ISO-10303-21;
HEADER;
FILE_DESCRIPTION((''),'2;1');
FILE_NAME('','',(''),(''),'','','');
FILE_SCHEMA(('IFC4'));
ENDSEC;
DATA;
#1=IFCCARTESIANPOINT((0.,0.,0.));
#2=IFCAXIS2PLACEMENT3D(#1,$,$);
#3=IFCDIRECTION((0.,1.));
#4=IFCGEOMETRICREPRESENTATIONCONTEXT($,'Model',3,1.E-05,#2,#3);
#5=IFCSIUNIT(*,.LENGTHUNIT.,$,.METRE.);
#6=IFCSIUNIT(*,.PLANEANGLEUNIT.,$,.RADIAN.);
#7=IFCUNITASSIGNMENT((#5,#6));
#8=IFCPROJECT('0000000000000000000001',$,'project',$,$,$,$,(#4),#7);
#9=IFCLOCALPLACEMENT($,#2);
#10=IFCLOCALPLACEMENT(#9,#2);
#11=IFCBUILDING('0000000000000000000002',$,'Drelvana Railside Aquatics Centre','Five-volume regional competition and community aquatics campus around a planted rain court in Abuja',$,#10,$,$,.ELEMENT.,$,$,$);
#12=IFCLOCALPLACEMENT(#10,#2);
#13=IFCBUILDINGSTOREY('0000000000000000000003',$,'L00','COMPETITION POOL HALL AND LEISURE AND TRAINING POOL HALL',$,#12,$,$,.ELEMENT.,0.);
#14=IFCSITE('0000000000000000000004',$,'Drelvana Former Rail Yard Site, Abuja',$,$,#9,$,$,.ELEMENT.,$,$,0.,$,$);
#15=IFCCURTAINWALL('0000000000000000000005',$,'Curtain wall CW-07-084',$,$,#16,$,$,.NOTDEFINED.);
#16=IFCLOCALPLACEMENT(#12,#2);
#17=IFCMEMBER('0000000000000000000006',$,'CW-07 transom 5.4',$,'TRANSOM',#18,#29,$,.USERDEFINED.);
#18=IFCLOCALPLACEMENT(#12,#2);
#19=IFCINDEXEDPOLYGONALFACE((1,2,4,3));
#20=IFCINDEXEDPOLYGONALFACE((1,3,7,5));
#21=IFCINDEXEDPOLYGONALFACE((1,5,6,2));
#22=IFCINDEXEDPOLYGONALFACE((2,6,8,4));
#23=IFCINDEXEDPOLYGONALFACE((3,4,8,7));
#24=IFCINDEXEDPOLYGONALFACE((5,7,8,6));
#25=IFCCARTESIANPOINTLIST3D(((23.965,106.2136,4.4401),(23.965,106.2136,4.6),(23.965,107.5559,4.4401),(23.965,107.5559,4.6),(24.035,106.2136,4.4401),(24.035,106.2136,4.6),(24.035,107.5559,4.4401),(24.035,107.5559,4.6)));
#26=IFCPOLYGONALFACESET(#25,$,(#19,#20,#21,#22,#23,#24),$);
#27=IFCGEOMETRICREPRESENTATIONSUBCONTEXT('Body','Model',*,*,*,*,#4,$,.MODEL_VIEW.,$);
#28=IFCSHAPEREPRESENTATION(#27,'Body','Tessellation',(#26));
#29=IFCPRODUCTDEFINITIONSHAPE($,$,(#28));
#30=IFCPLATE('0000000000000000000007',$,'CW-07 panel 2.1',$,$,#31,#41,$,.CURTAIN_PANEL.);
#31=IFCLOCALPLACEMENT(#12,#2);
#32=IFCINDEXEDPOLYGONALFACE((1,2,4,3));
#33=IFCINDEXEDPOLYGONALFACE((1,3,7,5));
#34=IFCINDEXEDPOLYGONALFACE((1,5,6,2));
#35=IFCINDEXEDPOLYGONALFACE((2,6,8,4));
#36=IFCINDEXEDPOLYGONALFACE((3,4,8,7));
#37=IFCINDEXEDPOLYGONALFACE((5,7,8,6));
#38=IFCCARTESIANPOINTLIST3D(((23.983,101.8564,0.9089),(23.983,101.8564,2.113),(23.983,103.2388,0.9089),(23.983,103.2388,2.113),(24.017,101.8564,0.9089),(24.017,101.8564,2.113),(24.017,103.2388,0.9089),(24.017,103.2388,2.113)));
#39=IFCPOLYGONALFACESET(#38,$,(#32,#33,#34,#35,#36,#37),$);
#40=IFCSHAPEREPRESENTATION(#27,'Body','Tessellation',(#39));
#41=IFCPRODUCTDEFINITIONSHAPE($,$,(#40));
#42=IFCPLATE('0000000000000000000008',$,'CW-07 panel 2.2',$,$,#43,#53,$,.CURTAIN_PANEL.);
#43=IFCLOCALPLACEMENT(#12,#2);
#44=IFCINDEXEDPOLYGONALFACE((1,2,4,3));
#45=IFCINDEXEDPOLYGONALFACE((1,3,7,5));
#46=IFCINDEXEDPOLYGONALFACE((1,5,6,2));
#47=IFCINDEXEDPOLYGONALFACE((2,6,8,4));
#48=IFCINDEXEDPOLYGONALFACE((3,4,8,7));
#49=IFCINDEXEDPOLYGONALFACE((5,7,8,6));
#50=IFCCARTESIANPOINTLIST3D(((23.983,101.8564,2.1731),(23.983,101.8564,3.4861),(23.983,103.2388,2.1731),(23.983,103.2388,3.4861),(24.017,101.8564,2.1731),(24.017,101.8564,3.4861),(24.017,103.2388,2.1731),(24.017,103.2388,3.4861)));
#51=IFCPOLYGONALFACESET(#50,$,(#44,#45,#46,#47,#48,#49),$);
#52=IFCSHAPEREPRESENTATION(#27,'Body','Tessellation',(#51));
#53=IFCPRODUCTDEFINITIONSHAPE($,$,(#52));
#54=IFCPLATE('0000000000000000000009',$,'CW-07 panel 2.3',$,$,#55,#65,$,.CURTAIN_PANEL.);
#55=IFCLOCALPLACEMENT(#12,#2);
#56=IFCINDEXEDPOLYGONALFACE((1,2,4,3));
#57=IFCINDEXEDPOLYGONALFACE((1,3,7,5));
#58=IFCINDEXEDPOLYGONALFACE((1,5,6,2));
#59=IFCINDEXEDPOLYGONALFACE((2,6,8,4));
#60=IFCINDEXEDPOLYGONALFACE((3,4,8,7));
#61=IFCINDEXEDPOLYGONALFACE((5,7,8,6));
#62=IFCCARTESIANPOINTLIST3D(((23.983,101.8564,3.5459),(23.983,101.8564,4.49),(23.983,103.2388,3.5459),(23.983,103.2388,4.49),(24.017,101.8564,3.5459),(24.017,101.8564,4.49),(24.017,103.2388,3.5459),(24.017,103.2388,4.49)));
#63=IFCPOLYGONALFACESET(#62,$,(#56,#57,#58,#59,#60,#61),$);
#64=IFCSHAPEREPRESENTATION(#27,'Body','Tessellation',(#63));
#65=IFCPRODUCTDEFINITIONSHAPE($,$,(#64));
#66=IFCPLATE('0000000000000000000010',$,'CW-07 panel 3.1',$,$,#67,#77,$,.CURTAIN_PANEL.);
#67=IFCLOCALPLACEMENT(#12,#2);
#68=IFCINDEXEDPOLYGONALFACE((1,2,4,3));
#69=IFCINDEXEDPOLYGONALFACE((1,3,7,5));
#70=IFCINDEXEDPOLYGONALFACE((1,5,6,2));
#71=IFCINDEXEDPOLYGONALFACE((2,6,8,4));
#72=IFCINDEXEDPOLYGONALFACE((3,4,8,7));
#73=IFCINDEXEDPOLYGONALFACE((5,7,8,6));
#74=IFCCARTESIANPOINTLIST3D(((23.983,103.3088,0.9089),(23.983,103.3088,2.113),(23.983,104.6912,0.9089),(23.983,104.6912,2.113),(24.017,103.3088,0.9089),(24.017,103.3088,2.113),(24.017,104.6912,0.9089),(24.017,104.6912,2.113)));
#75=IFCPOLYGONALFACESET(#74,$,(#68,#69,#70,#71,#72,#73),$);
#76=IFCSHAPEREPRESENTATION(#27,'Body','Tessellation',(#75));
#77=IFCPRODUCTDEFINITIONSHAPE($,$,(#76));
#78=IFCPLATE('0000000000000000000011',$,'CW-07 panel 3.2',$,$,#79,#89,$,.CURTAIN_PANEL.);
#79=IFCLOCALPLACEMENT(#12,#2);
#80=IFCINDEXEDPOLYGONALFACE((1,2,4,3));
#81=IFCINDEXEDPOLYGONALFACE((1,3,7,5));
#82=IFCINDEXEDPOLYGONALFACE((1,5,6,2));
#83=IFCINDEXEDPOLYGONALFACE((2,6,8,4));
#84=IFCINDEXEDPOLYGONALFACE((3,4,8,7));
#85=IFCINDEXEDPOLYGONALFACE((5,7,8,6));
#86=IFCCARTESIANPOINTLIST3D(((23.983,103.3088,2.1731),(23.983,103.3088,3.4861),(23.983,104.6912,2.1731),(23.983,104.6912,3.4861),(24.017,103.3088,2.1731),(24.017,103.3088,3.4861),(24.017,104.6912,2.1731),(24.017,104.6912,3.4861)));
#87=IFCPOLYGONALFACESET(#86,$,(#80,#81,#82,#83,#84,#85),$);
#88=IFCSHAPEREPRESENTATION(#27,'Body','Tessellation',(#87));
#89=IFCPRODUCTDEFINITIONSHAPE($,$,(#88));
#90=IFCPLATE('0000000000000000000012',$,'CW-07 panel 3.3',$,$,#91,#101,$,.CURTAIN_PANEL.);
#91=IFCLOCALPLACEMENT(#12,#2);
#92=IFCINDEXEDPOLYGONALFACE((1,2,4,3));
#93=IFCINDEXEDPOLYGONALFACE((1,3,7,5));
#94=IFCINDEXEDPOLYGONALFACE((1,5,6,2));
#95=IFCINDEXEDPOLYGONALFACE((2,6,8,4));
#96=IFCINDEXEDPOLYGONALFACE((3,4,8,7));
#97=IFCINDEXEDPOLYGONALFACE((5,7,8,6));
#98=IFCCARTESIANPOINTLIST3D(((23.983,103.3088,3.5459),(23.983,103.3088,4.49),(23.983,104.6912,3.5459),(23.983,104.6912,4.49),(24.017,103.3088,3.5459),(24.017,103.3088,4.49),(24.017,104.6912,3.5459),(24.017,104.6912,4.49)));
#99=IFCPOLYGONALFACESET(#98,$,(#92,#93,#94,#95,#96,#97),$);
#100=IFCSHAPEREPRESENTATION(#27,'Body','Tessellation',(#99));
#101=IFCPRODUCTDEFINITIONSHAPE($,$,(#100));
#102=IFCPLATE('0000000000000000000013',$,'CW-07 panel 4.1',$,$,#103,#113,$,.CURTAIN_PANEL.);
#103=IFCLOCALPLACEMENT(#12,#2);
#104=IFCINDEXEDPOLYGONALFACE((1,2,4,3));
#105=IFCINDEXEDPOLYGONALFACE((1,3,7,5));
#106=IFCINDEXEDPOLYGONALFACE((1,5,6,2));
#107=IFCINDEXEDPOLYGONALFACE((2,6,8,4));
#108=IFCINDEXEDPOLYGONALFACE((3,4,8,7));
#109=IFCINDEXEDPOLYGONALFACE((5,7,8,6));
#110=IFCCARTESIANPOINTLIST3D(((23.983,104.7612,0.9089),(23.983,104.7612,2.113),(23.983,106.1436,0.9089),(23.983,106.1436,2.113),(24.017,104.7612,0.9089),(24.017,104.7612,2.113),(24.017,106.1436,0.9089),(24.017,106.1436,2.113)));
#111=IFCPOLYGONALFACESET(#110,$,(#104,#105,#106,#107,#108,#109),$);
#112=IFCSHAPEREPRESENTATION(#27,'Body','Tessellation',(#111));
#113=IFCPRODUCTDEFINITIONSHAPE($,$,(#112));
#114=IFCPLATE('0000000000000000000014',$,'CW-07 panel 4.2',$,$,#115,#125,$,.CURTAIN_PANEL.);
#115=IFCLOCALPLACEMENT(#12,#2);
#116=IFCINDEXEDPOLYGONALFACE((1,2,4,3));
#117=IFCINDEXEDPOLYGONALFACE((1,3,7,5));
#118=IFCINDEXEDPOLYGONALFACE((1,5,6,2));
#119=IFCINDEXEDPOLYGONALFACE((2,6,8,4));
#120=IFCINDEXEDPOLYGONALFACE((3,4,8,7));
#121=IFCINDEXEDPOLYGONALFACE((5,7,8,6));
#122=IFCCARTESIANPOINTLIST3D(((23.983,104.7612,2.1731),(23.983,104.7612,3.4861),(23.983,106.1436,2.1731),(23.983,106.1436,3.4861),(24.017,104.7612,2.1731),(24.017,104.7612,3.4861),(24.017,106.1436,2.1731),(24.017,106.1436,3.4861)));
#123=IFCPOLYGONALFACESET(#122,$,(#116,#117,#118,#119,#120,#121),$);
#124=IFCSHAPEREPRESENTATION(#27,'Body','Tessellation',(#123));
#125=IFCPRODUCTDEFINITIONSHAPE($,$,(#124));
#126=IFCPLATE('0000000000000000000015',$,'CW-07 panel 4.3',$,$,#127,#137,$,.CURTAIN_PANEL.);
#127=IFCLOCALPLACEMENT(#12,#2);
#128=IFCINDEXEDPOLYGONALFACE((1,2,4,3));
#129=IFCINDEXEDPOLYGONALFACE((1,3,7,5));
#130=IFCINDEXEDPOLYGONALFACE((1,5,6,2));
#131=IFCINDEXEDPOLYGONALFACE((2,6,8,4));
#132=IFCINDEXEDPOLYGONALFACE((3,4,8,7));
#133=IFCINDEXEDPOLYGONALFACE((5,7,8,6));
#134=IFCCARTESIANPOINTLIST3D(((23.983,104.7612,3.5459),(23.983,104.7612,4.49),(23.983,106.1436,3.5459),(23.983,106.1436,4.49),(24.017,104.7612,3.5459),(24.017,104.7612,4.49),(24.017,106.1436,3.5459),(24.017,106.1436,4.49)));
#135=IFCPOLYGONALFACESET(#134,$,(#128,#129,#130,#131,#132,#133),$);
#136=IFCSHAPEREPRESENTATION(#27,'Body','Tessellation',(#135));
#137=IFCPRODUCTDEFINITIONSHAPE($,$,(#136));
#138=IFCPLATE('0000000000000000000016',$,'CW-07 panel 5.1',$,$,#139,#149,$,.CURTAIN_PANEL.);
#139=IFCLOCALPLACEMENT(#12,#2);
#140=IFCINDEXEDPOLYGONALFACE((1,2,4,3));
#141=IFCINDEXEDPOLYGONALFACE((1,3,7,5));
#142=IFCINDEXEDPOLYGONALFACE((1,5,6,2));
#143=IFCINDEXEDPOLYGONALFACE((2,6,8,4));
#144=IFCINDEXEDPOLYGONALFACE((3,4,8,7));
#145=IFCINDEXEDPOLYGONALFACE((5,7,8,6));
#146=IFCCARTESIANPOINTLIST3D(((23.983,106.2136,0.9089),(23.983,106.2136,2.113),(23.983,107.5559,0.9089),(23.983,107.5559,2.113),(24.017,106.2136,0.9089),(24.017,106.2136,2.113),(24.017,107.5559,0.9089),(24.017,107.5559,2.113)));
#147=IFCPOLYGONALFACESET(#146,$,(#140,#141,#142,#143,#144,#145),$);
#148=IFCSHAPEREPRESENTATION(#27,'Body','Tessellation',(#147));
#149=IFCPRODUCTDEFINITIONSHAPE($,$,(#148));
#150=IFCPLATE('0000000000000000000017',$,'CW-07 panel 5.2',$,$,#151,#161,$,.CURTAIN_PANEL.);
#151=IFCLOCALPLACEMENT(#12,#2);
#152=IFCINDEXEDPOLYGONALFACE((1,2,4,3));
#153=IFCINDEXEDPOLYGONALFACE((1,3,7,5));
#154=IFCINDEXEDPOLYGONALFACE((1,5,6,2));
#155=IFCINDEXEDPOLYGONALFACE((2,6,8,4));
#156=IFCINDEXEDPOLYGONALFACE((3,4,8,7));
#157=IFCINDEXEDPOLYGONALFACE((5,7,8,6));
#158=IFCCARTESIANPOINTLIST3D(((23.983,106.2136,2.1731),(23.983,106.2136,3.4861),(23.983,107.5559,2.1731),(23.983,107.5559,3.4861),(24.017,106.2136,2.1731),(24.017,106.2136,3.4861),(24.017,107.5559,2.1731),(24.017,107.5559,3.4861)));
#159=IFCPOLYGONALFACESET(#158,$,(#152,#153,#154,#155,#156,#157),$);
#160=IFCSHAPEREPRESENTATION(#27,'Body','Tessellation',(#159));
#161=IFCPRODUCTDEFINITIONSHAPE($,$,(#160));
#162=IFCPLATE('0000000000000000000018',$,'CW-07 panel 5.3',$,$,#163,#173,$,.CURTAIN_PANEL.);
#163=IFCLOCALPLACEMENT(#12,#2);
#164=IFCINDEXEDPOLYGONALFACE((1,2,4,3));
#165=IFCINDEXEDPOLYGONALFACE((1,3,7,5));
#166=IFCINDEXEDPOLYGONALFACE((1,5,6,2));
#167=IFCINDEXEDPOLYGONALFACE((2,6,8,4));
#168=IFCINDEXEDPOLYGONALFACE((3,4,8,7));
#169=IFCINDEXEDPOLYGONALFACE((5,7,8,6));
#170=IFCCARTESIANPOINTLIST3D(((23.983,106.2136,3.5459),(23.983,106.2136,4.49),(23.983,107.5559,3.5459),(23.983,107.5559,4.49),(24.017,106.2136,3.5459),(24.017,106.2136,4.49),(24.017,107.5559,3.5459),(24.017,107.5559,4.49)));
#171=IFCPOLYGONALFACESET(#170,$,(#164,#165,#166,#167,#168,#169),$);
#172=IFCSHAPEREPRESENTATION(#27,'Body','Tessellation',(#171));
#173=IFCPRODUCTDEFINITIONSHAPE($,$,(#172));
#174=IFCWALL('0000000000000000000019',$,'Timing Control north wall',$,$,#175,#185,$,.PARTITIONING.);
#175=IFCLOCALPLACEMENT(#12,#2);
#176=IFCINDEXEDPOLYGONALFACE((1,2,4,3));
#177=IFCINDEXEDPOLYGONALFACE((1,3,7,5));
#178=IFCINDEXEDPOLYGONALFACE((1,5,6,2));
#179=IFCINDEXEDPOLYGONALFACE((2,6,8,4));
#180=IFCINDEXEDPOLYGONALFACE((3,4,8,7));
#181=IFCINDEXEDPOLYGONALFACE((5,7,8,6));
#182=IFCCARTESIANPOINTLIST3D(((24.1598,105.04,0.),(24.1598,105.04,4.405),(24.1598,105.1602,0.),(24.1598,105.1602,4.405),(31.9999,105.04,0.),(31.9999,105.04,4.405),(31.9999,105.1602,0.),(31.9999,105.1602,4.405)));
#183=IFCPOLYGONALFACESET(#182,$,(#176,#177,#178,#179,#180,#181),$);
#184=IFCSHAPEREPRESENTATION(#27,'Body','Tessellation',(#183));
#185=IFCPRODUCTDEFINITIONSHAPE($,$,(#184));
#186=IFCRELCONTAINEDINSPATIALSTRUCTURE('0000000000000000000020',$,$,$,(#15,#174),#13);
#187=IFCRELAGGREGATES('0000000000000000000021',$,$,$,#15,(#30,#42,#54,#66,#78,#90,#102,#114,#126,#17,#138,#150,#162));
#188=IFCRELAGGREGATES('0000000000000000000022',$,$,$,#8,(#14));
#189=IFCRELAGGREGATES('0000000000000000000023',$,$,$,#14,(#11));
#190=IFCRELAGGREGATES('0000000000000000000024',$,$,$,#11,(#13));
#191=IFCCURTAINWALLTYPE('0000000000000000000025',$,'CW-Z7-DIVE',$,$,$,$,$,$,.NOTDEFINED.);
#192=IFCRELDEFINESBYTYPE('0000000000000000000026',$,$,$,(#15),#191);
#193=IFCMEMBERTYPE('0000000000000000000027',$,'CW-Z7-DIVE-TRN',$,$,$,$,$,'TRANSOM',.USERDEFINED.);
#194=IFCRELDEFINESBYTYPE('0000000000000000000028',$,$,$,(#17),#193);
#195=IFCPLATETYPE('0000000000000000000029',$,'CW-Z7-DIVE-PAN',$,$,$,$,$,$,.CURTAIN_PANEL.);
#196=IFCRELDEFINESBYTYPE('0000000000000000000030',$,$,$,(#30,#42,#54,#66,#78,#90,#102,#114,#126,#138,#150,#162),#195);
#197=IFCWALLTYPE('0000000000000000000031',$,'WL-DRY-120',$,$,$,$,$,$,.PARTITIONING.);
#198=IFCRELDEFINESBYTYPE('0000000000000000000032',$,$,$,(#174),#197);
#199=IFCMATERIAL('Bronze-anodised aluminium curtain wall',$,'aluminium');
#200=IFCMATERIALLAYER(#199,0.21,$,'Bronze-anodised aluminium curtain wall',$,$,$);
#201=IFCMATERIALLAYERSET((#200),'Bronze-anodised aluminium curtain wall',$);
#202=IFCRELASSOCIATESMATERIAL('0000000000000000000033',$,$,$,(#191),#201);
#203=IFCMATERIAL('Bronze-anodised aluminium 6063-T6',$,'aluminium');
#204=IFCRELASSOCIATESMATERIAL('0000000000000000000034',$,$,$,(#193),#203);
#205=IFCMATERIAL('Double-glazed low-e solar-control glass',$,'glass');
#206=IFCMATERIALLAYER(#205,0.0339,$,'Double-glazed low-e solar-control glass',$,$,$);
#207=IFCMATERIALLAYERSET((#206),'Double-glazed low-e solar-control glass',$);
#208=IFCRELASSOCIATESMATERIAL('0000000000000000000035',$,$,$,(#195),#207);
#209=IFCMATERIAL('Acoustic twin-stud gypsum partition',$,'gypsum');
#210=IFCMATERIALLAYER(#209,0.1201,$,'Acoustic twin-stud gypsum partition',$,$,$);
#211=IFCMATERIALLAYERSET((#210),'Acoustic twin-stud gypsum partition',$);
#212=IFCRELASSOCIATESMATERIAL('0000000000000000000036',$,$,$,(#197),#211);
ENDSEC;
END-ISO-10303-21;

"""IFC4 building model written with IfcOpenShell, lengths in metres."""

from ifc_helpers import new_model, si_unit, direction, frame, frame_2d, origin, origin_2d, place, context, subcontext, project, spatial, rectangle, extrude, material, layer, layer_set, material_profile, profile_set, type_object, element, aggregate, save


model = new_model("IFC4")

# Units and contexts
model_context = context("Model", 3, precision=1e-05, world=origin(), true_north=direction((0.0, 1.0)))
body_context = subcontext(model_context, "Body", "Model", "MODEL_VIEW")
ifc_project = project(units=[si_unit("LENGTHUNIT", "METRE"), si_unit("PLANEANGLEUNIT", "RADIAN")], contexts=[model_context])

# Site, building, storey
site_placement = place(None, origin())
site = spatial("IfcSite", under=ifc_project, at=site_placement, Name="Drelvana Former Rail Yard Site, Abuja", CompositionType="ELEMENT", RefElevation=0.0)
building_placement = place(site_placement, origin())
building = spatial("IfcBuilding", under=site, at=building_placement, Name="Drelvana Railside Aquatics Centre", Description="Five-volume regional competition and community aquatics campus around a planted rain court in Abuja", CompositionType="ELEMENT")
storey_placement = place(building_placement, origin())
storey = spatial("IfcBuildingStorey", under=building, at=storey_placement, Name="L00", Description="COMPETITION POOL HALL AND LEISURE AND TRAINING POOL HALL", CompositionType="ELEMENT", Elevation=0.0)

# Curtain wall, member, plates
ifc_material_1 = material(Name="Bronze-anodised aluminium curtain wall", Category="aluminium")
ifc_layer_1 = layer(ifc_material_1, 0.21, Name="Bronze-anodised aluminium curtain wall")
ifc_layer_set_1 = layer_set([ifc_layer_1], Name="Bronze-anodised aluminium curtain wall")
curtain_wall_type = type_object("IfcCurtainWallType", Name="CW-Z7-DIVE", PredefinedType="NOTDEFINED", material=ifc_layer_set_1)
curtain_wall_placement = place(storey_placement, origin())
curtain_wall = element("IfcCurtainWall", 1, at=curtain_wall_placement, inside=storey, type_object=curtain_wall_type, Name="Curtain wall CW-07-084", PredefinedType="NOTDEFINED")
ifc_material_2 = material(Name="Bronze-anodised aluminium 6063-T6", Category="aluminium")
ifc_material_profile_1 = material_profile(ifc_material_2, rectangle(XDim=0.1599, YDim=0.0701, at=origin_2d()), Name="ALU-T 70x160")
ifc_profile_set_1 = profile_set([ifc_material_profile_1], Name="Bronze-anodised aluminium 6063-T6")
member_type_1 = type_object("IfcMemberType", Name="CW-Z7-DIVE-TRN", ElementType="TRANSOM", PredefinedType="USERDEFINED", material=ifc_profile_set_1)
member_1_placement = place(storey_placement, frame((24.0, 106.2136, 4.52), z_axis=(0.0, 1.0, 0.0), x_axis=(0.0, 0.0, 1.0)))
member_1 = element("IfcMember", 2, at=member_1_placement, type_object=member_type_1, Name="CW-07 transom 5.4", ObjectType="TRANSOM", PredefinedType="USERDEFINED", context=body_context, shape_type="SweptSolid", body=[
    extrude(rectangle(XDim=0.1599, YDim=0.0701, at=origin_2d()), origin(), (0.0, 0.0, 1.0), 1.3423),
])
ifc_material_3 = material(Name="Double-glazed low-e solar-control glass", Category="glass")
ifc_layer_2 = layer(ifc_material_3, 0.0339, Name="Double-glazed low-e solar-control glass")
ifc_layer_set_2 = layer_set([ifc_layer_2], Name="Double-glazed low-e solar-control glass")
plate_type = type_object("IfcPlateType", Name="CW-Z7-DIVE-PAN", PredefinedType="CURTAIN_PANEL", material=ifc_layer_set_2)
plate_1_placement = place(storey_placement, frame((24.0, 102.5476, 0.9089), z_axis=(0.0, 0.0, 1.0), x_axis=(0.0, 1.0, 0.0)))
plate_1 = element("IfcPlate", 3, at=plate_1_placement, type_object=plate_type, Name="CW-07 panel 2.1", PredefinedType="CURTAIN_PANEL", context=body_context, shape_type="SweptSolid", body=[
    extrude(rectangle(XDim=1.3823, YDim=0.0339, at=origin_2d()), origin(), (0.0, 0.0, 1.0), 1.2041),
])
plate_2_placement = place(storey_placement, frame((24.0, 102.5476, 2.1731), z_axis=(0.0, 0.0, 1.0), x_axis=(0.0, 1.0, 0.0)))
plate_2 = element("IfcPlate", 4, at=plate_2_placement, type_object=plate_type, Name="CW-07 panel 2.2", PredefinedType="CURTAIN_PANEL", context=body_context, shape_type="SweptSolid", body=[
    extrude(rectangle(XDim=1.3823, YDim=0.0339, at=origin_2d()), origin(), (0.0, 0.0, 1.0), 1.313),
])
plate_3_placement = place(storey_placement, frame((24.0, 102.5476, 3.5459), z_axis=(0.0, 0.0, 1.0), x_axis=(0.0, 1.0, 0.0)))
plate_3 = element("IfcPlate", 5, at=plate_3_placement, type_object=plate_type, Name="CW-07 panel 2.3", PredefinedType="CURTAIN_PANEL", context=body_context, shape_type="SweptSolid", body=[
    extrude(rectangle(XDim=1.3823, YDim=0.0339, at=origin_2d()), origin(), (0.0, 0.0, 1.0), 0.9441),
])
plate_4_placement = place(storey_placement, frame((24.0, 104.0, 0.9089), z_axis=(0.0, 0.0, 1.0), x_axis=(0.0, 1.0, 0.0)))
plate_4 = element("IfcPlate", 6, at=plate_4_placement, type_object=plate_type, Name="CW-07 panel 3.1", PredefinedType="CURTAIN_PANEL", context=body_context, shape_type="SweptSolid", body=[
    extrude(rectangle(XDim=1.3823, YDim=0.0339, at=origin_2d()), origin(), (0.0, 0.0, 1.0), 1.2041),
])
plate_5_placement = place(storey_placement, frame((24.0, 104.0, 2.1731), z_axis=(0.0, 0.0, 1.0), x_axis=(0.0, 1.0, 0.0)))
plate_5 = element("IfcPlate", 7, at=plate_5_placement, type_object=plate_type, Name="CW-07 panel 3.2", PredefinedType="CURTAIN_PANEL", context=body_context, shape_type="SweptSolid", body=[
    extrude(rectangle(XDim=1.3823, YDim=0.0339, at=origin_2d()), origin(), (0.0, 0.0, 1.0), 1.313),
])
plate_6_placement = place(storey_placement, frame((24.0, 104.0, 3.5459), z_axis=(0.0, 0.0, 1.0), x_axis=(0.0, 1.0, 0.0)))
plate_6 = element("IfcPlate", 8, at=plate_6_placement, type_object=plate_type, Name="CW-07 panel 3.3", PredefinedType="CURTAIN_PANEL", context=body_context, shape_type="SweptSolid", body=[
    extrude(rectangle(XDim=1.3823, YDim=0.0339, at=origin_2d()), origin(), (0.0, 0.0, 1.0), 0.9441),
])
plate_7_placement = place(storey_placement, frame((24.0, 105.4524, 0.9089), z_axis=(0.0, 0.0, 1.0), x_axis=(0.0, 1.0, 0.0)))
plate_7 = element("IfcPlate", 9, at=plate_7_placement, type_object=plate_type, Name="CW-07 panel 4.1", PredefinedType="CURTAIN_PANEL", context=body_context, shape_type="SweptSolid", body=[
    extrude(rectangle(XDim=1.3823, YDim=0.0339, at=origin_2d()), origin(), (0.0, 0.0, 1.0), 1.2041),
])
plate_8_placement = place(storey_placement, frame((24.0, 105.4524, 2.1731), z_axis=(0.0, 0.0, 1.0), x_axis=(0.0, 1.0, 0.0)))
plate_8 = element("IfcPlate", 10, at=plate_8_placement, type_object=plate_type, Name="CW-07 panel 4.2", PredefinedType="CURTAIN_PANEL", context=body_context, shape_type="SweptSolid", body=[
    extrude(rectangle(XDim=1.3823, YDim=0.0339, at=origin_2d()), origin(), (0.0, 0.0, 1.0), 1.313),
])
plate_9_placement = place(storey_placement, frame((24.0, 105.4524, 3.5459), z_axis=(0.0, 0.0, 1.0), x_axis=(0.0, 1.0, 0.0)))
plate_9 = element("IfcPlate", 11, at=plate_9_placement, type_object=plate_type, Name="CW-07 panel 4.3", PredefinedType="CURTAIN_PANEL", context=body_context, shape_type="SweptSolid", body=[
    extrude(rectangle(XDim=1.3823, YDim=0.0339, at=origin_2d()), origin(), (0.0, 0.0, 1.0), 0.9441),
])
plate_10_placement = place(storey_placement, frame((24.0, 106.8848, 0.9089), z_axis=(0.0, 0.0, 1.0), x_axis=(0.0, 1.0, 0.0)))
plate_10 = element("IfcPlate", 12, at=plate_10_placement, type_object=plate_type, Name="CW-07 panel 5.1", PredefinedType="CURTAIN_PANEL", context=body_context, shape_type="SweptSolid", body=[
    extrude(rectangle(XDim=1.3423, YDim=0.0339, at=origin_2d()), origin(), (0.0, 0.0, 1.0), 1.2041),
])
plate_11_placement = place(storey_placement, frame((24.0, 106.8848, 2.1731), z_axis=(0.0, 0.0, 1.0), x_axis=(0.0, 1.0, 0.0)))
plate_11 = element("IfcPlate", 13, at=plate_11_placement, type_object=plate_type, Name="CW-07 panel 5.2", PredefinedType="CURTAIN_PANEL", context=body_context, shape_type="SweptSolid", body=[
    extrude(rectangle(XDim=1.3423, YDim=0.0339, at=origin_2d()), origin(), (0.0, 0.0, 1.0), 1.313),
])
plate_12_placement = place(storey_placement, frame((24.0, 106.8848, 3.5459), z_axis=(0.0, 0.0, 1.0), x_axis=(0.0, 1.0, 0.0)))
plate_12 = element("IfcPlate", 14, at=plate_12_placement, type_object=plate_type, Name="CW-07 panel 5.3", PredefinedType="CURTAIN_PANEL", context=body_context, shape_type="SweptSolid", body=[
    extrude(rectangle(XDim=1.3423, YDim=0.0339, at=origin_2d()), origin(), (0.0, 0.0, 1.0), 0.9441),
])
aggregate(curtain_wall, [plate_1, plate_2, plate_3, plate_4, plate_5, plate_6, plate_7, plate_8, plate_9, member_1, plate_10, plate_11, plate_12])

# Wall
ifc_material_4 = material(Name="Acoustic twin-stud gypsum partition", Category="gypsum")
ifc_layer_3 = layer(ifc_material_4, 0.1201, Name="Acoustic twin-stud gypsum partition")
ifc_layer_set_3 = layer_set([ifc_layer_3], Name="Acoustic twin-stud gypsum partition")
wall_type_1 = type_object("IfcWallType", Name="WL-DRY-120", PredefinedType="PARTITIONING", material=ifc_layer_set_3)
wall_1_placement = place(storey_placement, frame((24.1599, 105.1001, 0.0), z_axis=(0.0, 0.0, 1.0), x_axis=(1.0, 0.0, 0.0)))
element("IfcWall", 15, at=wall_1_placement, inside=storey, type_object=wall_type_1, Name="Timing Control north wall", PredefinedType="PARTITIONING", context=body_context, shape_type="SweptSolid", body=[
    extrude(rectangle(XDim=7.8401, YDim=0.1201, at=frame_2d((3.9199, 0.0))), origin(), (0.0, 0.0, 1.0), 4.405),
])

save(model, "model.ifc")
